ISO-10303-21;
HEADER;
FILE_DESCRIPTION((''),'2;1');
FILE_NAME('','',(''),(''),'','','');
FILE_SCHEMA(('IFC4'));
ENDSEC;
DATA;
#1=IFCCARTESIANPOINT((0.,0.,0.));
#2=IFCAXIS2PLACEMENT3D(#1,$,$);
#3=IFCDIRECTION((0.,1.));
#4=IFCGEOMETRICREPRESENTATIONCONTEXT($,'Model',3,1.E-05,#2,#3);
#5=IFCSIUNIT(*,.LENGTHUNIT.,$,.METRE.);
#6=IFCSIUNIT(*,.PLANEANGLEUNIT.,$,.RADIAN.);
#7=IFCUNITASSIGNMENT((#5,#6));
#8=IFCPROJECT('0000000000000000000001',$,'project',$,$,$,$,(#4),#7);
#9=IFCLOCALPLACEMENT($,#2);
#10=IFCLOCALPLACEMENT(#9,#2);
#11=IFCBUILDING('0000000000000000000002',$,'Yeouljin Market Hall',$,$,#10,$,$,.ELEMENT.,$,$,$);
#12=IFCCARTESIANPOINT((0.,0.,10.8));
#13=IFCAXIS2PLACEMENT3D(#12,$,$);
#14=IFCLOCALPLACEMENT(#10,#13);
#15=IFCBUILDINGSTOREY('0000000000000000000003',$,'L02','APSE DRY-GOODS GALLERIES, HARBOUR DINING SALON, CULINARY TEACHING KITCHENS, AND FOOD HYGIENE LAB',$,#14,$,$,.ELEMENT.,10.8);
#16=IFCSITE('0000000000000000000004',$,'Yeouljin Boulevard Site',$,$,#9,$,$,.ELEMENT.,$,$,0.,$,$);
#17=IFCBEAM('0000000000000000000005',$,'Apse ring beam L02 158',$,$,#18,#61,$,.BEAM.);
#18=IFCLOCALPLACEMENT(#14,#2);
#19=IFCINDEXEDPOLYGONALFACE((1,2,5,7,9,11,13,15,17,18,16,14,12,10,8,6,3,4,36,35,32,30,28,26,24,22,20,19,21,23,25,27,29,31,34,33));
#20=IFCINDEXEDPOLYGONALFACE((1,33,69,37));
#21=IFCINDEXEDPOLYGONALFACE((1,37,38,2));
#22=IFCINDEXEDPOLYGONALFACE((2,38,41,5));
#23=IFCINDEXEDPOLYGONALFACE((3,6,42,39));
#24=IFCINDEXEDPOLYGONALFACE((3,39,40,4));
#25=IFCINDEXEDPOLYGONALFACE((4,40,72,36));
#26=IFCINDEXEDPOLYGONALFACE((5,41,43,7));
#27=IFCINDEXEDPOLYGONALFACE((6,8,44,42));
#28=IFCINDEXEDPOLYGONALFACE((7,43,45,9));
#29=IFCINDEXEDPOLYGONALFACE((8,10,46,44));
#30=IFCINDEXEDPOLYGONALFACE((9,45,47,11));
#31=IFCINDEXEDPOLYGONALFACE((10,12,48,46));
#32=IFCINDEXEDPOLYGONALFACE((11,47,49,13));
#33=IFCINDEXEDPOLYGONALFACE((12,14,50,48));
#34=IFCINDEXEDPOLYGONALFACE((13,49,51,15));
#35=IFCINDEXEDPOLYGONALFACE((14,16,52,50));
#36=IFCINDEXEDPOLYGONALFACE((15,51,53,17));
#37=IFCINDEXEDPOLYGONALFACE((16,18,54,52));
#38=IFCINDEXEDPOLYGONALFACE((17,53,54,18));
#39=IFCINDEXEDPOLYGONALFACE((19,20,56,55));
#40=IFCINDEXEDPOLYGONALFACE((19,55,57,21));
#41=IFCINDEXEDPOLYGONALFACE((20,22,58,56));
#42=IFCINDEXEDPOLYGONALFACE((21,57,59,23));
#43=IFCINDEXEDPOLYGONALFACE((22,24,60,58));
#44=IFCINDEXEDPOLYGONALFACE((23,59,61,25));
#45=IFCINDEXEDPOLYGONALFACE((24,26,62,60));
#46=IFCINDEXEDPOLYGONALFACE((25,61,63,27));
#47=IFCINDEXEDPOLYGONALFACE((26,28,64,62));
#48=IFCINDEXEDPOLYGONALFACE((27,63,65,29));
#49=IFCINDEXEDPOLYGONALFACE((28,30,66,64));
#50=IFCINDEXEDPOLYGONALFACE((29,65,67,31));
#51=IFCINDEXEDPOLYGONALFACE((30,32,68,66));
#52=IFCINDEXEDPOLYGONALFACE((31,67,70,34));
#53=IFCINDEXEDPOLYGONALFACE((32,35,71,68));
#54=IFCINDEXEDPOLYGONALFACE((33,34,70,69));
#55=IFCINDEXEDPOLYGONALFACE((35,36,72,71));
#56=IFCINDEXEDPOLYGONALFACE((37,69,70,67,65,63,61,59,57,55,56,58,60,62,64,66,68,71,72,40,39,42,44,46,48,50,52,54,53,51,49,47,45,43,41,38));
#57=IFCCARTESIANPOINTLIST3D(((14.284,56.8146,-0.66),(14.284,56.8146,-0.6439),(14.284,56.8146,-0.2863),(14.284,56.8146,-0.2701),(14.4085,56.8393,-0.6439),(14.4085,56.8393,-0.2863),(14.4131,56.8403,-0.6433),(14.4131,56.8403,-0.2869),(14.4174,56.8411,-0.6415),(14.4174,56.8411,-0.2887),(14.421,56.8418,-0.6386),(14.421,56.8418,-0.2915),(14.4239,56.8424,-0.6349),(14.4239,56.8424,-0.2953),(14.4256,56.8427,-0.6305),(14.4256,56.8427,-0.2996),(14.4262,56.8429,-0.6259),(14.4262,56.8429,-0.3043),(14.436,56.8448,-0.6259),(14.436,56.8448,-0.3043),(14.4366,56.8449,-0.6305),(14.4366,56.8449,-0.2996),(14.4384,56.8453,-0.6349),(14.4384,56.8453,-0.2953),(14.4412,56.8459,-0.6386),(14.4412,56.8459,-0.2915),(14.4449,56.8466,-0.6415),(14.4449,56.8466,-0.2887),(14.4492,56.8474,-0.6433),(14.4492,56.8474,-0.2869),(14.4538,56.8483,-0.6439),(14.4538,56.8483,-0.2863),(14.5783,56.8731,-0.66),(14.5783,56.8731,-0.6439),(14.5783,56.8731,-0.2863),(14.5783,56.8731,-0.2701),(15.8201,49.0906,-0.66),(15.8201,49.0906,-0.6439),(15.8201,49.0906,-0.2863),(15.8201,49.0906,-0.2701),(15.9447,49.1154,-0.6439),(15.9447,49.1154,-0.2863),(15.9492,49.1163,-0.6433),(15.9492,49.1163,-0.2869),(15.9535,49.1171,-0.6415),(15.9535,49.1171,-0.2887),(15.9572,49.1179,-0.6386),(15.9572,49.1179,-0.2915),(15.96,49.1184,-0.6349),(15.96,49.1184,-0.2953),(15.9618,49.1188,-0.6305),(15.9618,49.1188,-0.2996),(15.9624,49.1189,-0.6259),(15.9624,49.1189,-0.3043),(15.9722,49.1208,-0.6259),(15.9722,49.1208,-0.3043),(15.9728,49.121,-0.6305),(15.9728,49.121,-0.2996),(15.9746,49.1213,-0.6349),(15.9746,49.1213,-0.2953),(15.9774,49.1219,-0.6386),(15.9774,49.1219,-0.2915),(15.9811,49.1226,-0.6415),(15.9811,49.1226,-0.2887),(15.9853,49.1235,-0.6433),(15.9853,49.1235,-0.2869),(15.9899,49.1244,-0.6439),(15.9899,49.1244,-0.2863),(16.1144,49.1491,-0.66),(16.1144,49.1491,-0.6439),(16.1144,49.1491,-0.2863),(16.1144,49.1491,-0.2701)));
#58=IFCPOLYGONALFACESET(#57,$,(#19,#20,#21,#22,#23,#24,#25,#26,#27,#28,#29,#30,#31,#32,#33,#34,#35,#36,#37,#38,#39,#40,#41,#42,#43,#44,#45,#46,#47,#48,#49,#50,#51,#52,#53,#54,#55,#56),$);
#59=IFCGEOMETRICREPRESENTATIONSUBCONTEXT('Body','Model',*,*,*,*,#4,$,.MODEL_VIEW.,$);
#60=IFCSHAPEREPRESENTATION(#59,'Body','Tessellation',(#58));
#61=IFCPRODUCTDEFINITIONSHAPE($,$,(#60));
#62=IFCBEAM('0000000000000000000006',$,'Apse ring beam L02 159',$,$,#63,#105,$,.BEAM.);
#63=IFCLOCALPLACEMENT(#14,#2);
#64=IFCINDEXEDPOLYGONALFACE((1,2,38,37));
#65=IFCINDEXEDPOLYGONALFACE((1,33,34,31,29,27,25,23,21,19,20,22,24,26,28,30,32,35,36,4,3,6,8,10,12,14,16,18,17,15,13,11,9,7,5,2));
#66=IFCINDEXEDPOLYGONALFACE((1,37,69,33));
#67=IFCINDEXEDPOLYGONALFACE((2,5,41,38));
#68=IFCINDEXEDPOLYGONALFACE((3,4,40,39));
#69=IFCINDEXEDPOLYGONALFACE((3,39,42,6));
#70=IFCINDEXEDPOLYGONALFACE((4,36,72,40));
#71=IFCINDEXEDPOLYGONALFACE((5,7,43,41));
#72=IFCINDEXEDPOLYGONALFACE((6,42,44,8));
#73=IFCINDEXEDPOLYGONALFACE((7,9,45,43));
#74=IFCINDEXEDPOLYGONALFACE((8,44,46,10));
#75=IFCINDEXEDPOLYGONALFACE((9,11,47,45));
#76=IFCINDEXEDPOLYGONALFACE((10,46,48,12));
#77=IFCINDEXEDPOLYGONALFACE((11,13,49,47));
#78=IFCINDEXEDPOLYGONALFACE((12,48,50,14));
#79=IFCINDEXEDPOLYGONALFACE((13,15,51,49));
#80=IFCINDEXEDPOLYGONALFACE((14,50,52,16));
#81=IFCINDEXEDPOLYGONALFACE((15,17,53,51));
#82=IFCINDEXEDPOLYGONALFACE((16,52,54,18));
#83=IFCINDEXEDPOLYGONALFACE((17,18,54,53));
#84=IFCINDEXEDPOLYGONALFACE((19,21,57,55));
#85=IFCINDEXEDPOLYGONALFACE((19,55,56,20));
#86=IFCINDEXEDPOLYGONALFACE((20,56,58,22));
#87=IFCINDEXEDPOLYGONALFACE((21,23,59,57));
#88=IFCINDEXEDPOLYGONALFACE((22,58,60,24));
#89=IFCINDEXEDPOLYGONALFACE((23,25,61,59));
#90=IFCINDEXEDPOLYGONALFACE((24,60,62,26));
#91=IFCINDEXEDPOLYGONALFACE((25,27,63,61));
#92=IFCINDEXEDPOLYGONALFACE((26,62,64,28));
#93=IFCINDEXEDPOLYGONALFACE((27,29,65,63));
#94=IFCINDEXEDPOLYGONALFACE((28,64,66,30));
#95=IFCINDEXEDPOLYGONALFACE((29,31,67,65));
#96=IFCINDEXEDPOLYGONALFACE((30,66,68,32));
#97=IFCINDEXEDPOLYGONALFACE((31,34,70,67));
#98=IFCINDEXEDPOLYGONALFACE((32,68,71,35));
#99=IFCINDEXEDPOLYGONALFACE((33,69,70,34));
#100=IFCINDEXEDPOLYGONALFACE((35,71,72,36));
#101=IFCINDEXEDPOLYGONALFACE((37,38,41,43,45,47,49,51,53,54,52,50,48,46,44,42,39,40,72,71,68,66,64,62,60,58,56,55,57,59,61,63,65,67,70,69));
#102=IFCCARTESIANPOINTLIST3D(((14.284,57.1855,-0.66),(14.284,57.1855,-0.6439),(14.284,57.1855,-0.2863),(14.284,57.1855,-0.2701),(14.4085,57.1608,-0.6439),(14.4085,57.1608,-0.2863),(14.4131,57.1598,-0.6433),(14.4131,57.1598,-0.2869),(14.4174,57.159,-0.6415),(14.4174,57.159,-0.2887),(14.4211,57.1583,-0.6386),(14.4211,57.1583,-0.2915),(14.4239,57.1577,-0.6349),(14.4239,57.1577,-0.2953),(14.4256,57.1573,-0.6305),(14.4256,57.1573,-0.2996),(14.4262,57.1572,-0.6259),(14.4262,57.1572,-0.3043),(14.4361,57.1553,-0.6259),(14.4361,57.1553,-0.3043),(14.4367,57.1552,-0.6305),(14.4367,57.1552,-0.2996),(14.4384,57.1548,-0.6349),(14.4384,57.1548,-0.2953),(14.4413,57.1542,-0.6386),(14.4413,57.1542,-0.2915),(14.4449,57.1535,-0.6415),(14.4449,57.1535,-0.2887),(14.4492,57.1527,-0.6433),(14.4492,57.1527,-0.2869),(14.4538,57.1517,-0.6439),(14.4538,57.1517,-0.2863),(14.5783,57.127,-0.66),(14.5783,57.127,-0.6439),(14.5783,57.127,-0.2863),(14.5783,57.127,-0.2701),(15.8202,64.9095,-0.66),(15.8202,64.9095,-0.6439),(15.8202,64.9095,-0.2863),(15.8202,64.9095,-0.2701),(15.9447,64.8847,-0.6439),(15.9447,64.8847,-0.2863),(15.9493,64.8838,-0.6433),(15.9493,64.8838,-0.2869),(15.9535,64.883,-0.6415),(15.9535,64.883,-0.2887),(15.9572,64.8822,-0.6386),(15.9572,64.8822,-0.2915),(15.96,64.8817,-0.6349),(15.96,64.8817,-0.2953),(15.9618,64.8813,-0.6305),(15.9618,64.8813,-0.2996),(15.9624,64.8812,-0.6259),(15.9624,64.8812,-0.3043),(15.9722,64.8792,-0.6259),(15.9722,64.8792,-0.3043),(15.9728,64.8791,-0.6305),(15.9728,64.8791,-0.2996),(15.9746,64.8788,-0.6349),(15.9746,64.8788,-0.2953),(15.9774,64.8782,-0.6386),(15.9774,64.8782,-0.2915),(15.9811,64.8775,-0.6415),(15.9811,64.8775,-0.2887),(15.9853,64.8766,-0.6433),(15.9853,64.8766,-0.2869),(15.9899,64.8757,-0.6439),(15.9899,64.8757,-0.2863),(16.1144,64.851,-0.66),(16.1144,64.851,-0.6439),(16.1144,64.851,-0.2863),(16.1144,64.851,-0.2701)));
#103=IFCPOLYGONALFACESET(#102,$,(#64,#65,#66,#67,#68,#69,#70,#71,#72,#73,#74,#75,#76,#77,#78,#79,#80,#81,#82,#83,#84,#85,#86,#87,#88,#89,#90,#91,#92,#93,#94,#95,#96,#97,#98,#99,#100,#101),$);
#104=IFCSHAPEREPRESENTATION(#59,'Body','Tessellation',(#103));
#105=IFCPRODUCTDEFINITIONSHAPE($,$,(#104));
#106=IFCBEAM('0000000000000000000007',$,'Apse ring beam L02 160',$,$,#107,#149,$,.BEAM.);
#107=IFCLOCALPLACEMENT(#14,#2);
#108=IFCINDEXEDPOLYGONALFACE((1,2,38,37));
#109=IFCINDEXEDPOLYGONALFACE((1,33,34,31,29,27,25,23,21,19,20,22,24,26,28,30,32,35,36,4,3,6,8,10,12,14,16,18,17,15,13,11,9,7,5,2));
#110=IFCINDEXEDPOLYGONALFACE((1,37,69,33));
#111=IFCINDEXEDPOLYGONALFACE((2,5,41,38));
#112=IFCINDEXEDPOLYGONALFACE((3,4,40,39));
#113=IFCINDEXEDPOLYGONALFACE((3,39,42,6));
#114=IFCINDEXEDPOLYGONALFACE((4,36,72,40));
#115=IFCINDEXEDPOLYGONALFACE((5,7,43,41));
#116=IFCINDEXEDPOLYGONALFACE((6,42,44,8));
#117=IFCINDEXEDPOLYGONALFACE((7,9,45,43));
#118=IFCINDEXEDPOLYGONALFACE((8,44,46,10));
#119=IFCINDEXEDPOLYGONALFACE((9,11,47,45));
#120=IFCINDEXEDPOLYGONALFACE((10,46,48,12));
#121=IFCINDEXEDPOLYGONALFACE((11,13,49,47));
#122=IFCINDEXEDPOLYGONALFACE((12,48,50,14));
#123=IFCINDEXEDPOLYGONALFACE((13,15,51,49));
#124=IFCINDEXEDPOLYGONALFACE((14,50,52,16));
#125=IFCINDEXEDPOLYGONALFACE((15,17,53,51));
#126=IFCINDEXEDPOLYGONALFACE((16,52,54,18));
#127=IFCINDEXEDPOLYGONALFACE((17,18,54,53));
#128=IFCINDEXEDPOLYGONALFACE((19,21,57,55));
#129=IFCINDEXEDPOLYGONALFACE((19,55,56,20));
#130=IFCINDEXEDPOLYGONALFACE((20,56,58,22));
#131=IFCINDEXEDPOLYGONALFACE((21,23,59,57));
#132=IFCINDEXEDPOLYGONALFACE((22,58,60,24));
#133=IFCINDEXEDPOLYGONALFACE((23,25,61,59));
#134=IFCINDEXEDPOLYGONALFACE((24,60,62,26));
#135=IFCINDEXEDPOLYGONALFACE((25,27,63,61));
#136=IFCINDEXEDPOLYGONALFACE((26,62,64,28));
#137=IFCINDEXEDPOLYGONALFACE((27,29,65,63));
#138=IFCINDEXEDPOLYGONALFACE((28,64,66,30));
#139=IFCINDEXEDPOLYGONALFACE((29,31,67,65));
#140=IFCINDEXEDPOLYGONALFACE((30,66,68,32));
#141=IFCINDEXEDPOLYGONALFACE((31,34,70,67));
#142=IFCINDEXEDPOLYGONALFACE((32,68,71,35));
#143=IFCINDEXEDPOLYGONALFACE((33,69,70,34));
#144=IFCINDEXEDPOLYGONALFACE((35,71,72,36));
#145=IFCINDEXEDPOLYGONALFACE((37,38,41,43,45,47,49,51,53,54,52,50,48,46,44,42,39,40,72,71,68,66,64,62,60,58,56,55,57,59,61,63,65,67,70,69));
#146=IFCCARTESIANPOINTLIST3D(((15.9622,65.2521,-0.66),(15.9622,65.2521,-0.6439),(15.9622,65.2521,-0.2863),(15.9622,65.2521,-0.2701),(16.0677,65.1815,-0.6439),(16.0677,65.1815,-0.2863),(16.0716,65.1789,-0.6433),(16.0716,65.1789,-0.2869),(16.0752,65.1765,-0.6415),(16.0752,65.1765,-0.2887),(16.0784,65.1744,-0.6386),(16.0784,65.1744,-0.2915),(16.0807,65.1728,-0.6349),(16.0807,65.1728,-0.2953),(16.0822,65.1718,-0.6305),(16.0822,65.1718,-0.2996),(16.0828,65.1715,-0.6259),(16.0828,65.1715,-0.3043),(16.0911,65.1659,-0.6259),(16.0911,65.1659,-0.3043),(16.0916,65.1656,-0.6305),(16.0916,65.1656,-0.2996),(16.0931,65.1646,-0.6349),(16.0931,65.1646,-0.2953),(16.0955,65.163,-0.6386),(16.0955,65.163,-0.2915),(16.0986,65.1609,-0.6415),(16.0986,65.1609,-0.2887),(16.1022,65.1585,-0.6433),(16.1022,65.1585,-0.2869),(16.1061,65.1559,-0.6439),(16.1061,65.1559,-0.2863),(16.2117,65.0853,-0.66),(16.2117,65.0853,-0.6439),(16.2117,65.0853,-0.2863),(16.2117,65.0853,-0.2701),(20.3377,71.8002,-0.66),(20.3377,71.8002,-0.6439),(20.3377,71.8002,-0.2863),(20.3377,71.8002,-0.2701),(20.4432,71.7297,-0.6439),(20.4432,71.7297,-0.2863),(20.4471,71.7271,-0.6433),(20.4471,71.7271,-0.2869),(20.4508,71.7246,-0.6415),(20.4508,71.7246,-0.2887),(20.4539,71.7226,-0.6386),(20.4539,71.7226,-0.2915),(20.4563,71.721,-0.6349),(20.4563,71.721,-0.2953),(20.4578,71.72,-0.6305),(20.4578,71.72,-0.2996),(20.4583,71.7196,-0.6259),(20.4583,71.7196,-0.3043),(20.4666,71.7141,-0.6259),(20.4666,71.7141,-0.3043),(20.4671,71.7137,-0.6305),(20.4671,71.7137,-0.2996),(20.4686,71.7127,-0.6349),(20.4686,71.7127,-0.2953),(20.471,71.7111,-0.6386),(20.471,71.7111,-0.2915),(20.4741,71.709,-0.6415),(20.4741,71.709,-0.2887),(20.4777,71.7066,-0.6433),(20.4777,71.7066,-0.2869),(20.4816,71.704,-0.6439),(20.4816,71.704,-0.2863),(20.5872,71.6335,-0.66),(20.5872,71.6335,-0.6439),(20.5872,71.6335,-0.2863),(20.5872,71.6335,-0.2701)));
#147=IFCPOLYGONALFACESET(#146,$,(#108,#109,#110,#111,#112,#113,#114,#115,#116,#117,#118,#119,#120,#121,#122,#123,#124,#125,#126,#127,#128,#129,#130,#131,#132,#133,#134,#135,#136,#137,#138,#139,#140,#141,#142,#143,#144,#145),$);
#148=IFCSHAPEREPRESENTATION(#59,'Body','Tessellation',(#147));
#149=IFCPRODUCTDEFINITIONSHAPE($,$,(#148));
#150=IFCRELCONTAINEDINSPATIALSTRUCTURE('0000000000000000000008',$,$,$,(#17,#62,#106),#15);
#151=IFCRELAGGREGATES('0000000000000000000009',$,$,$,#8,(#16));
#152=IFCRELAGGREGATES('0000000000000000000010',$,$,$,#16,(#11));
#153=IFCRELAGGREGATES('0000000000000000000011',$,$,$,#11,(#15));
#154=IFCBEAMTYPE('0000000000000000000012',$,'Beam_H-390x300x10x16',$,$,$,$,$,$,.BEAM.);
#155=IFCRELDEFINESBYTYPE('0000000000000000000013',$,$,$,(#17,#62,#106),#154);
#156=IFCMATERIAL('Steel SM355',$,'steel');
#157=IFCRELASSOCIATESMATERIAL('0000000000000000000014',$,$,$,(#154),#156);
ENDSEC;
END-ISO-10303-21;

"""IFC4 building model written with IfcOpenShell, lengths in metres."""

from ifc_helpers import new_model, si_unit, direction, frame, origin, origin_2d, place, context, subcontext, project, spatial, i_section, extrude, material, material_profile, profile_set, type_object, element, save


model = new_model("IFC4")

# Units and contexts
model_context = context("Model", 3, precision=1e-05, world=origin(), true_north=direction((0.0, 1.0)))
body_context = subcontext(model_context, "Body", "Model", "MODEL_VIEW")
ifc_project = project(units=[si_unit("LENGTHUNIT", "METRE"), si_unit("PLANEANGLEUNIT", "RADIAN")], contexts=[model_context])

# Site, building, storey
site_placement = place(None, origin())
site = spatial("IfcSite", under=ifc_project, at=site_placement, Name="Yeouljin Boulevard Site", CompositionType="ELEMENT", RefElevation=0.0)
building_placement = place(site_placement, origin())
building = spatial("IfcBuilding", under=site, at=building_placement, Name="Yeouljin Market Hall", CompositionType="ELEMENT")
storey_placement = place(building_placement, frame((0.0, 0.0, 10.8)))
storey = spatial("IfcBuildingStorey", under=building, at=storey_placement, Name="L02", Description="APSE DRY-GOODS GALLERIES, HARBOUR DINING SALON, CULINARY TEACHING KITCHENS, AND FOOD HYGIENE LAB", CompositionType="ELEMENT", Elevation=10.8)

# Beams
ifc_material_1 = material(Name="Steel SM355", Category="steel")
ifc_material_profile_1 = material_profile(ifc_material_1, i_section(OverallWidth=0.3, OverallDepth=0.3899, WebThickness=0.01, FlangeThickness=0.0161, FilletRadius=0.0181, at=origin_2d()), Name="H-390x300x10x16")
ifc_profile_set_1 = profile_set([ifc_material_profile_1], Name="Steel SM355")
beam_type_1 = type_object("IfcBeamType", Name="Beam_H-390x300x10x16", PredefinedType="BEAM", material=ifc_profile_set_1)
for number, where, z_axis, x_axis, name in (
    (1, (15.9673, 49.1199, -0.4651), (-0.195061, 0.980791, 0.0), (-0.980791, -0.195061, 0.0), "Apse ring beam L02 158"),
    (2, (14.4312, 57.1562, -0.4651), (0.195061, 0.980791, 0.0), (-0.980791, 0.195061, 0.0), "Apse ring beam L02 159"),
):
    element("IfcBeam", number, at=place(storey_placement, frame(where, z_axis=z_axis, x_axis=x_axis)), inside=storey, type_object=beam_type_1, Name=name, PredefinedType="BEAM", context=body_context, shape_type="SweptSolid", body=[
        extrude(i_section(OverallWidth=0.3, OverallDepth=0.3899, WebThickness=0.01, FlangeThickness=0.0161, FilletRadius=0.0181, at=origin_2d()), origin(), (0.0, 0.0, 1.0), 7.8752),
    ])
beam_1_placement = place(storey_placement, frame((16.0869, 65.1687, -0.4651), z_axis=(0.555587, 0.831458, 0.0), x_axis=(-0.831458, 0.555587, 0.0)))
element("IfcBeam", 3, at=beam_1_placement, inside=storey, type_object=beam_type_1, Name="Apse ring beam L02 160", PredefinedType="BEAM", context=body_context, shape_type="SweptSolid", body=[
    extrude(i_section(OverallWidth=0.3, OverallDepth=0.3899, WebThickness=0.01, FlangeThickness=0.0161, FilletRadius=0.0181, at=origin_2d()), origin(), (0.0, 0.0, 1.0), 7.8755),
])

save(model, "model.ifc")
